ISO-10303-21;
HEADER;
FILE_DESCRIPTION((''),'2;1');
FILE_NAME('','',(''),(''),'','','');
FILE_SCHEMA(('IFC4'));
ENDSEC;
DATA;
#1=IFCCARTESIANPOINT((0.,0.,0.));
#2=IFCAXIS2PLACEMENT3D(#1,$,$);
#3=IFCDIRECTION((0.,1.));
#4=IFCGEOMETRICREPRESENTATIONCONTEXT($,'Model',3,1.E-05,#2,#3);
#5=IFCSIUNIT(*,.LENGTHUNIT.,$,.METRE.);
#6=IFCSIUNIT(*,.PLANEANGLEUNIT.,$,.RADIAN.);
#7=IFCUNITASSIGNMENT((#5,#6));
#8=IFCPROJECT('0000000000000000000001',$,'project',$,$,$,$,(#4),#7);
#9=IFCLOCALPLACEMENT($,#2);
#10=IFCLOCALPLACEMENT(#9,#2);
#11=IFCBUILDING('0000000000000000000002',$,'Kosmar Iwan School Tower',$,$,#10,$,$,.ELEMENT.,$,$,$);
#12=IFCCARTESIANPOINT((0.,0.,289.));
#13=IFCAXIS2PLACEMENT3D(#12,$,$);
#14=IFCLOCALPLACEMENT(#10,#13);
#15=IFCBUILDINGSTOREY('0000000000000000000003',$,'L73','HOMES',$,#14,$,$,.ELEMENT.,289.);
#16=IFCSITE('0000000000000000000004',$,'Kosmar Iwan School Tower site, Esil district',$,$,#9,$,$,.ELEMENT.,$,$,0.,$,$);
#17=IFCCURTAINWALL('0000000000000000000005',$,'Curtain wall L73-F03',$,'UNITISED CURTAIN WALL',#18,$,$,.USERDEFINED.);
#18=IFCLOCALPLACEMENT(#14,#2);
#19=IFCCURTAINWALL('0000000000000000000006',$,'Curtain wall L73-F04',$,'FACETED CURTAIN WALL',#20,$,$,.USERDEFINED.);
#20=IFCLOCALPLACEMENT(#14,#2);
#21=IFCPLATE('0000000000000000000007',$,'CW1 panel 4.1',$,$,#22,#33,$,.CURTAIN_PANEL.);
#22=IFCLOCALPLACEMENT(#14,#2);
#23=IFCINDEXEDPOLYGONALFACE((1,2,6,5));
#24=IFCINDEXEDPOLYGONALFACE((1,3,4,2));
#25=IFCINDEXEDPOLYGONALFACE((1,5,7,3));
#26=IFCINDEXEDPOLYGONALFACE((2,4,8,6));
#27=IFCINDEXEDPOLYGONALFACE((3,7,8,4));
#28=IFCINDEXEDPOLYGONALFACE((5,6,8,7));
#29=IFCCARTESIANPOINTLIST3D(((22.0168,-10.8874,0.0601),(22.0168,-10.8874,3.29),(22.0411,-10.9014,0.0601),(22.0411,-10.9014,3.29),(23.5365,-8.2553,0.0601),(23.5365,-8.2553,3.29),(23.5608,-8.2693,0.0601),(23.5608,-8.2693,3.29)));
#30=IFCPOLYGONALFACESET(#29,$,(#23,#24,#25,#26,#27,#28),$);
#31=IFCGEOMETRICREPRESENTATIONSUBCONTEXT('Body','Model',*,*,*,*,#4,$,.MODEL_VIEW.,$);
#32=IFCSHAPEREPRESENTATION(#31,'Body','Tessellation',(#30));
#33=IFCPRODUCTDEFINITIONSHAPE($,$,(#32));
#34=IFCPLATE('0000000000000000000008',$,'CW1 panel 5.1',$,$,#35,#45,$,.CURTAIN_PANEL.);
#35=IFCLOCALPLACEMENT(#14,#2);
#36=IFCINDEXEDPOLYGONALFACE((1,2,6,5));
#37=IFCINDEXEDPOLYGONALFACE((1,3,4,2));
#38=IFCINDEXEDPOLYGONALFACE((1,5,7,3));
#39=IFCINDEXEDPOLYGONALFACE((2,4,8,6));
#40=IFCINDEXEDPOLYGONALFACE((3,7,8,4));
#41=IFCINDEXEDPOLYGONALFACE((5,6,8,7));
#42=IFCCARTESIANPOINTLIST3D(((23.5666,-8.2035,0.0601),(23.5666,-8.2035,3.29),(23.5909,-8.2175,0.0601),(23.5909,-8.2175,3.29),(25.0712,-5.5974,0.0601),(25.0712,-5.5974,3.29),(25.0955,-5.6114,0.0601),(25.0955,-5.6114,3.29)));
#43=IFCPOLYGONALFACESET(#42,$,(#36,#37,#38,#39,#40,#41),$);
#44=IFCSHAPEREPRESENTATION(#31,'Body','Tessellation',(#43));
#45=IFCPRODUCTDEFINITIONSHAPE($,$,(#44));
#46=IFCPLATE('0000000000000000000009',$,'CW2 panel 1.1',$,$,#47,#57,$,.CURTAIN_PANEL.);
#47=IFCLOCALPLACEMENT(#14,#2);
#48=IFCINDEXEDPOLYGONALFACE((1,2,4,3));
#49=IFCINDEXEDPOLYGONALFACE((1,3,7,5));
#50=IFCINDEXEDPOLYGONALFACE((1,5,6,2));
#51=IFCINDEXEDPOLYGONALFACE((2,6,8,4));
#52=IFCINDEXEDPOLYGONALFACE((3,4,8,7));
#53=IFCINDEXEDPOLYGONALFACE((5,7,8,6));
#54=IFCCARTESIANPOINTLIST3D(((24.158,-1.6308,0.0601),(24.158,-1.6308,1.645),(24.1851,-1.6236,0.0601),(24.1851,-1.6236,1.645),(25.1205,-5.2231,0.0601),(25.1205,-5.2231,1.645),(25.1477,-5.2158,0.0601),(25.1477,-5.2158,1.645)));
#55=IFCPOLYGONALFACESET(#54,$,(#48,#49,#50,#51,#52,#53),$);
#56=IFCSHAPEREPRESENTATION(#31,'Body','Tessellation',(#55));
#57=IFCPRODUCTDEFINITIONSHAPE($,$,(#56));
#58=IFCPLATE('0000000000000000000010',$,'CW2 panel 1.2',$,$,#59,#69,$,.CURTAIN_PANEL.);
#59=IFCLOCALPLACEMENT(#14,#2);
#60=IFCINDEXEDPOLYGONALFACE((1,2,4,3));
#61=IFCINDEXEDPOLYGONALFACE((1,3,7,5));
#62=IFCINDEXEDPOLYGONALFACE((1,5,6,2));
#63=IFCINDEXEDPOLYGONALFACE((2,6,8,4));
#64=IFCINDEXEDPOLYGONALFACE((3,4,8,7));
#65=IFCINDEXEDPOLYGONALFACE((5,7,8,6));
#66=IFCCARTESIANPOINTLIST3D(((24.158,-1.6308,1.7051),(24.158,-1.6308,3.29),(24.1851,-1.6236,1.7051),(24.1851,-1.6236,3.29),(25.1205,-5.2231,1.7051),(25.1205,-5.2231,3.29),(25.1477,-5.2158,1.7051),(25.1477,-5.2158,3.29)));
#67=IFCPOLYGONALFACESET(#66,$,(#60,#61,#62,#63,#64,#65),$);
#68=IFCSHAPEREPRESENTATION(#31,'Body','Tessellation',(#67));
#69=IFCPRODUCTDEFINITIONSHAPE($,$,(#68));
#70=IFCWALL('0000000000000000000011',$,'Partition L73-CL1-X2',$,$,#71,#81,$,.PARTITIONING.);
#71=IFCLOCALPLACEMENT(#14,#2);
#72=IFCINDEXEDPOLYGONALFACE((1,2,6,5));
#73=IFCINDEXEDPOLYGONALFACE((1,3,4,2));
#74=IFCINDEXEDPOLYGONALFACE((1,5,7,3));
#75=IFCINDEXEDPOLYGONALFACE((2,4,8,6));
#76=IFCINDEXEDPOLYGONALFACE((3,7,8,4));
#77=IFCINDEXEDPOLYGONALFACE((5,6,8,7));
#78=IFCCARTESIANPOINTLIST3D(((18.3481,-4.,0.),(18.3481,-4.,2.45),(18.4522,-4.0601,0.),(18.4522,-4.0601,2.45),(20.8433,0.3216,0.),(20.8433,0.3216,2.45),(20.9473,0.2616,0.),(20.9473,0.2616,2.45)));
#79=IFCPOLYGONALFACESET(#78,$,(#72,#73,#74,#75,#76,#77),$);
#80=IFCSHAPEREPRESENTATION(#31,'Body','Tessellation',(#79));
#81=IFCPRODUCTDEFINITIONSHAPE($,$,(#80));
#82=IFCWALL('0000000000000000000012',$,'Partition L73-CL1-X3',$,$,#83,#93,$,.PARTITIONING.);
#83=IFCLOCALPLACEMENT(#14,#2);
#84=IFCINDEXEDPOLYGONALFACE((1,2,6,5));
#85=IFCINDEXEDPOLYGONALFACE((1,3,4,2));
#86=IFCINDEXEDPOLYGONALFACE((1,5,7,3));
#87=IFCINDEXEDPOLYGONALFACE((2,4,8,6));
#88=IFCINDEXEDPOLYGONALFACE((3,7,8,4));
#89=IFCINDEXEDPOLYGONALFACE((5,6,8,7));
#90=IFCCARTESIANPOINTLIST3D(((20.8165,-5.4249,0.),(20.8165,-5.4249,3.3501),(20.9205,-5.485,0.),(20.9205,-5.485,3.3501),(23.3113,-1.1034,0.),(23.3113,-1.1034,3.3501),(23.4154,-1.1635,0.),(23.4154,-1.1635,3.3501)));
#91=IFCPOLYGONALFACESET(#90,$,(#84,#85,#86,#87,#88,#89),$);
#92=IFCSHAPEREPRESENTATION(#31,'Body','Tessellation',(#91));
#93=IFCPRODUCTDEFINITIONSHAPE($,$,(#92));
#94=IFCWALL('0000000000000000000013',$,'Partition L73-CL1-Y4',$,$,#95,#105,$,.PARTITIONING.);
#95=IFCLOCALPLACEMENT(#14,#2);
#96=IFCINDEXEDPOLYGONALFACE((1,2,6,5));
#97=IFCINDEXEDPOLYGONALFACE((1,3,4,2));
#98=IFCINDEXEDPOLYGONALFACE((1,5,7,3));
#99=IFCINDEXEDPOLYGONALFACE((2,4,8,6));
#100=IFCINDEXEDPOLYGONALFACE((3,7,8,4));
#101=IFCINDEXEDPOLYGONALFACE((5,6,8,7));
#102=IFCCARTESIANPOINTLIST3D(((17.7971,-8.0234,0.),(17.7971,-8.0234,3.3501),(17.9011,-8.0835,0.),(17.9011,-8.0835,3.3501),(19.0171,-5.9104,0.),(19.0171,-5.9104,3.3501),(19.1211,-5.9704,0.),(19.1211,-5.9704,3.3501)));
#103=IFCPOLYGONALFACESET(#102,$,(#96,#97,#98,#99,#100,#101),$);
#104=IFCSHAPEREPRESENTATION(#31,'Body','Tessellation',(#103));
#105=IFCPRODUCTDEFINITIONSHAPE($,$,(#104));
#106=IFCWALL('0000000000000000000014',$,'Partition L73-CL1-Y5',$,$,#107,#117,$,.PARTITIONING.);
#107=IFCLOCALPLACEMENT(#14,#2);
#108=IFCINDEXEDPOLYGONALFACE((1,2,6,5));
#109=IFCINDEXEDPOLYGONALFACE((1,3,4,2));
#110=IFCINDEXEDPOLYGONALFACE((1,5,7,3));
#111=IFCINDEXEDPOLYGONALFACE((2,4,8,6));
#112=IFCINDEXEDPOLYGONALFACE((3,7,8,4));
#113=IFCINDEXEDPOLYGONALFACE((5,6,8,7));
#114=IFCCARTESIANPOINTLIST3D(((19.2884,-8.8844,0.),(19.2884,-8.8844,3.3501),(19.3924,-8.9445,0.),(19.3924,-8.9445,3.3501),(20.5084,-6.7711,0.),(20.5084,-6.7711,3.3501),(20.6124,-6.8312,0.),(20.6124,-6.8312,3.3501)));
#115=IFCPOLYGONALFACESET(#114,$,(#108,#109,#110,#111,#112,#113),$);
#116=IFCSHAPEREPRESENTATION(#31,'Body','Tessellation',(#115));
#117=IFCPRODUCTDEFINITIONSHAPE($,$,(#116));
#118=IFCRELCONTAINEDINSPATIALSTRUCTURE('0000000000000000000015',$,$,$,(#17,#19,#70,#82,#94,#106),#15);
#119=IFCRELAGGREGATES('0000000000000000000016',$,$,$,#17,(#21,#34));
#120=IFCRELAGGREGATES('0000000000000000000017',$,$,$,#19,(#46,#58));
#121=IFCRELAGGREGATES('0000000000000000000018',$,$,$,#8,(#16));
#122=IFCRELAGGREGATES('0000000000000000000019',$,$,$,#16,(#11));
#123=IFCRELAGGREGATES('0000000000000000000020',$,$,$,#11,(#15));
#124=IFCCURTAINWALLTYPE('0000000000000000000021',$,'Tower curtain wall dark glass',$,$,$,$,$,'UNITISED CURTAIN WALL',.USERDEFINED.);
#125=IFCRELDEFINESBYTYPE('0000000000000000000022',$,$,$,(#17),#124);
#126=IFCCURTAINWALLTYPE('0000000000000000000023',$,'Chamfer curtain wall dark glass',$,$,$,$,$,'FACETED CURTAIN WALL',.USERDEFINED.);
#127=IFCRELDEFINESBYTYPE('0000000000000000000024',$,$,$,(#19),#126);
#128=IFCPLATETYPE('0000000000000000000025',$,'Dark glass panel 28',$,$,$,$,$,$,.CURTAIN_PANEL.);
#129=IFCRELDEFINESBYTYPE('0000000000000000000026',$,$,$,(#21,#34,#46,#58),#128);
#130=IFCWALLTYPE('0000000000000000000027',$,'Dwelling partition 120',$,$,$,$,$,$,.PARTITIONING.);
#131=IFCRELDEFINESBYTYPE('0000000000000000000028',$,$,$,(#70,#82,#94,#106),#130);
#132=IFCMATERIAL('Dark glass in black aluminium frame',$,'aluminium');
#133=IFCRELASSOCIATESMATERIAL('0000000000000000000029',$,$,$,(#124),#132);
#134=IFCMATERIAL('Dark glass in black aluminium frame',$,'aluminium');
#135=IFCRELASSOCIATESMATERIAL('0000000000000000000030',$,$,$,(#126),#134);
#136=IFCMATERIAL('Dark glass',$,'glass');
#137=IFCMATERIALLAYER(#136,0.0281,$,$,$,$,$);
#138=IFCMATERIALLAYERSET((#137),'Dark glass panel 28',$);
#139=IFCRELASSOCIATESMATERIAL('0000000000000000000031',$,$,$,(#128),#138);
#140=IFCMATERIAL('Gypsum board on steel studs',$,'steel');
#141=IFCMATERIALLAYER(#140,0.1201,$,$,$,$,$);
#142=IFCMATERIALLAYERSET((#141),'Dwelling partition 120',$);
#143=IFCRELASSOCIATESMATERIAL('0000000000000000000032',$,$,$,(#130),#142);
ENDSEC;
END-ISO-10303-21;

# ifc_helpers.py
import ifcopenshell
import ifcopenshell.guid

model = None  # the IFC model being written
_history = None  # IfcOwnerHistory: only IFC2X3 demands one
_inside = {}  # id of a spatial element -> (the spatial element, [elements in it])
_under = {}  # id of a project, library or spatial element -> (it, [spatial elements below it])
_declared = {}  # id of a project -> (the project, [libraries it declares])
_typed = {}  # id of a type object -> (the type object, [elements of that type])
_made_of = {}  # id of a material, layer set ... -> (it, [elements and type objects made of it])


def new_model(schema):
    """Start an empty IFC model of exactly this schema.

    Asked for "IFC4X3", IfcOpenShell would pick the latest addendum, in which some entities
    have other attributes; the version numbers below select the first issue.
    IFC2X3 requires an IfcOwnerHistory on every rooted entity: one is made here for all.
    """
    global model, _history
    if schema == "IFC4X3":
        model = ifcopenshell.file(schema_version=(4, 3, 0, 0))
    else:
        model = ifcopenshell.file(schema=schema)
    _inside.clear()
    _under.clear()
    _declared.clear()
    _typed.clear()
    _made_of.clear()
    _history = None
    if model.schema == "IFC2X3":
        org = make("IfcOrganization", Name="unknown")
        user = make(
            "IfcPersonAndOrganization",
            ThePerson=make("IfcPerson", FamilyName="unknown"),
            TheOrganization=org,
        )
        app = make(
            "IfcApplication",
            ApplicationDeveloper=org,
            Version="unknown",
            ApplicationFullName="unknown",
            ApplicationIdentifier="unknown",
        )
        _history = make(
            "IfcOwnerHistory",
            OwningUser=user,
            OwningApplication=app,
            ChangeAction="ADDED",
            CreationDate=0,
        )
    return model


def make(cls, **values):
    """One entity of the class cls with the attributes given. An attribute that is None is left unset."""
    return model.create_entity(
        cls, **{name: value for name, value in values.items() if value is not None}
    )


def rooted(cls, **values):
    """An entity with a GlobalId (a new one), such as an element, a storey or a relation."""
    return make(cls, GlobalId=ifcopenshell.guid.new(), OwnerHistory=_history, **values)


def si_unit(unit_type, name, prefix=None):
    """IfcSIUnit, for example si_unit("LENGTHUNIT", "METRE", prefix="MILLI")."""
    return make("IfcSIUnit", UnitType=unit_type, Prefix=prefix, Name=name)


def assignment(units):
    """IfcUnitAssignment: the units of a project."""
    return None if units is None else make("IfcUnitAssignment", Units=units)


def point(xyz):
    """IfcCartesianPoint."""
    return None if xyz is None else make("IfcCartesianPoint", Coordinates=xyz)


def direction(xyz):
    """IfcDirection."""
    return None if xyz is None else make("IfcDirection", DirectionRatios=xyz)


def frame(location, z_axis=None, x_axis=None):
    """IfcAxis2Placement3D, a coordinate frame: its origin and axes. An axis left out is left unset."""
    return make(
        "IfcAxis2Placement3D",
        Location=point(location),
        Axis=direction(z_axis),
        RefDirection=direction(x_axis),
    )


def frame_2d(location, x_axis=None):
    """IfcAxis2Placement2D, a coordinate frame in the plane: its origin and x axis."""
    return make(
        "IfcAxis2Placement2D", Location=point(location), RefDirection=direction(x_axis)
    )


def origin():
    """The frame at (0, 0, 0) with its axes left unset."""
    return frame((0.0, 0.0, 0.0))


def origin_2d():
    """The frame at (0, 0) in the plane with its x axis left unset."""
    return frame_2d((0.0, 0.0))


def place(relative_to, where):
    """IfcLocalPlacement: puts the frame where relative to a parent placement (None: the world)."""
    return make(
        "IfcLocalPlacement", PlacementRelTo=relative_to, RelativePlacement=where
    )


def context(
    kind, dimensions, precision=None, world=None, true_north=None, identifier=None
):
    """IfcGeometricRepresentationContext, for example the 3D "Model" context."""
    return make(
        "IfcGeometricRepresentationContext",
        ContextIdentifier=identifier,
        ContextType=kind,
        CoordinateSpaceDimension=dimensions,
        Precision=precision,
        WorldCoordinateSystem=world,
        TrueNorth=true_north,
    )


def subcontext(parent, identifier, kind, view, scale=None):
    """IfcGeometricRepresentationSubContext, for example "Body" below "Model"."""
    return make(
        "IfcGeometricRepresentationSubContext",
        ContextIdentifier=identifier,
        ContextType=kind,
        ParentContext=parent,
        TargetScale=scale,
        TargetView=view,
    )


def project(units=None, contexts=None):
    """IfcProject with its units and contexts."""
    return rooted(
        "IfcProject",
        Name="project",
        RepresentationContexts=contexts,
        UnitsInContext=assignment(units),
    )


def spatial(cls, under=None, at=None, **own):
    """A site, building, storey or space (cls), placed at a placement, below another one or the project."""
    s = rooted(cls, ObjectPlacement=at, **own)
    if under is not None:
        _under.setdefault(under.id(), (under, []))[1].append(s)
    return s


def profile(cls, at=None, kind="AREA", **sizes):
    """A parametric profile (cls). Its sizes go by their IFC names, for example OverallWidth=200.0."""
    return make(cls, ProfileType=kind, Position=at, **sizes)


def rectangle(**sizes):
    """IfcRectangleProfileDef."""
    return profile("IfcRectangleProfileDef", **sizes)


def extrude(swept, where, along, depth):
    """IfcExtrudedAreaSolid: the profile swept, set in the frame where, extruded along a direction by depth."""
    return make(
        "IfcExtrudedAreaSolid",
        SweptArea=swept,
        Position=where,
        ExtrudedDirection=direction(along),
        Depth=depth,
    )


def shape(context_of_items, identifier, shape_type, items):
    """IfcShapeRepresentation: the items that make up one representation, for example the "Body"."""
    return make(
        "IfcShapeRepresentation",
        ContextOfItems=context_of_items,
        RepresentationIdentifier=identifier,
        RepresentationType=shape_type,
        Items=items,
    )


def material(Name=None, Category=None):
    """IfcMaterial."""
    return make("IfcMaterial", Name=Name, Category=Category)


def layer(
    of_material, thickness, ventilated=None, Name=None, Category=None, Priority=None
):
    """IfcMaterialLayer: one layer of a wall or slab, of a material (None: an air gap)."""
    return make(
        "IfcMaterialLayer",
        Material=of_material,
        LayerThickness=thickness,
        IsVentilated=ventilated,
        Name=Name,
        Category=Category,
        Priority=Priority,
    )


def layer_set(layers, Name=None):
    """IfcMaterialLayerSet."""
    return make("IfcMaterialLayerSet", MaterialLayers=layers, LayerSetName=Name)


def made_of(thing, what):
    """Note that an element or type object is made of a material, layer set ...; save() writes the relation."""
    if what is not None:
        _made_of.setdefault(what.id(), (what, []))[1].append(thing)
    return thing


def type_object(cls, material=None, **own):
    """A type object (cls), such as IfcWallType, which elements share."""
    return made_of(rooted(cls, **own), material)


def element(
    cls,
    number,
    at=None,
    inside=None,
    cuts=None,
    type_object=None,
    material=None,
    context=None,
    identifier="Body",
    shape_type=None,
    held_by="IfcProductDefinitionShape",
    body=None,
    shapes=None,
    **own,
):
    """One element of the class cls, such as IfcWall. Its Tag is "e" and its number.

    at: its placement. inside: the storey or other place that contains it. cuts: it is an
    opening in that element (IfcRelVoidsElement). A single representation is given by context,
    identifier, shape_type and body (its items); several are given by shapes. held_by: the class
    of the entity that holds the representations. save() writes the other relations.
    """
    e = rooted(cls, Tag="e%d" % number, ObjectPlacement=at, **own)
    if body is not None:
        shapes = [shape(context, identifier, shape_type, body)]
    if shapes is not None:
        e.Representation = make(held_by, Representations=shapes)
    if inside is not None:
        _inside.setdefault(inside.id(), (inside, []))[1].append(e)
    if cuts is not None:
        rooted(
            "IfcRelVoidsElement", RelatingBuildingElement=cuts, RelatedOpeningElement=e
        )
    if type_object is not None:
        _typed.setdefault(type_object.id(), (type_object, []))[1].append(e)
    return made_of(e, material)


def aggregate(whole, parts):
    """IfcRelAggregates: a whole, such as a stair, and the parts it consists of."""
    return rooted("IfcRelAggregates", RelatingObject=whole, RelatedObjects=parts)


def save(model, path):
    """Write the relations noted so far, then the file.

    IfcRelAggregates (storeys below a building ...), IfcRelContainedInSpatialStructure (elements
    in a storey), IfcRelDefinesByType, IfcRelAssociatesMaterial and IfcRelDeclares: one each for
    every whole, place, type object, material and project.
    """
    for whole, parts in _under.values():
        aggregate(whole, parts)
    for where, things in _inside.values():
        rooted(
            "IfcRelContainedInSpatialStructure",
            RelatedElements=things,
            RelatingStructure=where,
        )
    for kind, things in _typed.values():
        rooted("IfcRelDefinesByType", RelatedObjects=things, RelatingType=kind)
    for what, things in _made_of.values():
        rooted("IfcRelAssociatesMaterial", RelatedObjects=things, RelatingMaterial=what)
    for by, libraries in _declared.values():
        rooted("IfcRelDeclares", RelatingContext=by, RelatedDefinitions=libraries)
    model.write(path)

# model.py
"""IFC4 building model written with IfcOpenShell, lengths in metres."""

from ifc_helpers import new_model, si_unit, direction, frame, frame_2d, origin, origin_2d, place, context, subcontext, project, spatial, rectangle, extrude, material, layer, layer_set, type_object, element, aggregate, save


model = new_model("IFC4")

# Units and contexts
model_context = context("Model", 3, precision=1e-05, world=origin(), true_north=direction((0.0, 1.0)))
body_context = subcontext(model_context, "Body", "Model", "MODEL_VIEW")
ifc_project = project(units=[si_unit("LENGTHUNIT", "METRE"), si_unit("PLANEANGLEUNIT", "RADIAN")], contexts=[model_context])

# Site, building, storey
site_placement = place(None, origin())
site = spatial("IfcSite", under=ifc_project, at=site_placement, Name="Kosmar Iwan School Tower site, Esil district", CompositionType="ELEMENT", RefElevation=0.0)
building_placement = place(site_placement, origin())
building = spatial("IfcBuilding", under=site, at=building_placement, Name="Kosmar Iwan School Tower", CompositionType="ELEMENT")
storey_placement = place(building_placement, frame((0.0, 0.0, 289.0)))
storey = spatial("IfcBuildingStorey", under=building, at=storey_placement, Name="L73", Description="HOMES", CompositionType="ELEMENT", Elevation=289.0)

# Curtain walls
ifc_material_1 = material(Name="Dark glass in black aluminium frame", Category="aluminium")
curtain_wall_type_1 = type_object("IfcCurtainWallType", Name="Tower curtain wall dark glass", ElementType="UNITISED CURTAIN WALL", PredefinedType="USERDEFINED", material=ifc_material_1)
curtain_wall_1_placement = place(storey_placement, origin())
curtain_wall_1 = element("IfcCurtainWall", 1, at=curtain_wall_1_placement, inside=storey, type_object=curtain_wall_type_1, Name="Curtain wall L73-F03", ObjectType="UNITISED CURTAIN WALL", PredefinedType="USERDEFINED")
ifc_material_2 = material(Name="Dark glass in black aluminium frame", Category="aluminium")
curtain_wall_type_2 = type_object("IfcCurtainWallType", Name="Chamfer curtain wall dark glass", ElementType="FACETED CURTAIN WALL", PredefinedType="USERDEFINED", material=ifc_material_2)
curtain_wall_2_placement = place(storey_placement, origin())
curtain_wall_2 = element("IfcCurtainWall", 2, at=curtain_wall_2_placement, inside=storey, type_object=curtain_wall_type_2, Name="Curtain wall L73-F04", ObjectType="FACETED CURTAIN WALL", PredefinedType="USERDEFINED")

# Plates
ifc_material_3 = material(Name="Dark glass", Category="glass")
ifc_layer_1 = layer(ifc_material_3, 0.0281)
ifc_layer_set_1 = layer_set([ifc_layer_1], Name="Dark glass panel 28")
plate_type = type_object("IfcPlateType", Name="Dark glass panel 28", PredefinedType="CURTAIN_PANEL", material=ifc_layer_set_1)
plate_1_placement = place(storey_placement, frame((22.7888, -9.5784, 0.0601), z_axis=(0.0, 0.0, 1.0), x_axis=(0.5, 0.866025, 0.0)))
plate_1 = element("IfcPlate", 3, at=plate_1_placement, type_object=plate_type, Name="CW1 panel 4.1", PredefinedType="CURTAIN_PANEL", context=body_context, shape_type="SweptSolid", body=[
    extrude(rectangle(XDim=3.0393, YDim=0.0281, at=origin_2d()), origin(), (0.0, 0.0, 1.0), 3.23),
])
plate_2_placement = place(storey_placement, frame((24.3311, -6.9075, 0.0601), z_axis=(0.0, 0.0, 1.0), x_axis=(0.5, 0.866025, 0.0)))
plate_2 = element("IfcPlate", 4, at=plate_2_placement, type_object=plate_type, Name="CW1 panel 5.1", PredefinedType="CURTAIN_PANEL", context=body_context, shape_type="SweptSolid", body=[
    extrude(rectangle(XDim=3.0093, YDim=0.0281, at=origin_2d()), origin(), (0.0, 0.0, 1.0), 3.23),
])
aggregate(curtain_wall_1, [plate_1, plate_2])
plate_3_placement = place(storey_placement, frame((24.6528, -3.4233, 0.0601), z_axis=(0.0, 0.0, 1.0), x_axis=(-0.258819, 0.965926, 0.0)))
plate_3 = element("IfcPlate", 5, at=plate_3_placement, type_object=plate_type, Name="CW2 panel 1.1", PredefinedType="CURTAIN_PANEL", context=body_context, shape_type="SweptSolid", body=[
    extrude(rectangle(XDim=3.719, YDim=0.0281, at=origin_2d()), origin(), (0.0, 0.0, 1.0), 1.585),
])
plate_4_placement = place(storey_placement, frame((24.6528, -3.4233, 1.7051), z_axis=(0.0, 0.0, 1.0), x_axis=(-0.258819, 0.965926, 0.0)))
plate_4 = element("IfcPlate", 6, at=plate_4_placement, type_object=plate_type, Name="CW2 panel 1.2", PredefinedType="CURTAIN_PANEL", context=body_context, shape_type="SweptSolid", body=[
    extrude(rectangle(XDim=3.719, YDim=0.0281, at=origin_2d()), origin(), (0.0, 0.0, 1.0), 1.585),
])
aggregate(curtain_wall_2, [plate_3, plate_4])

# Walls
ifc_material_4 = material(Name="Gypsum board on steel studs", Category="steel")
ifc_layer_2 = layer(ifc_material_4, 0.1201)
ifc_layer_set_2 = layer_set([ifc_layer_2], Name="Dwelling partition 120")
wall_type = type_object("IfcWallType", Name="Dwelling partition 120", PredefinedType="PARTITIONING", material=ifc_layer_set_2)
wall_1_placement = place(storey_placement, frame((18.4001, -4.03, 0.0), z_axis=(0.0, 0.0, 1.0), x_axis=(0.500012, 0.866019, 0.0)))
element("IfcWall", 7, at=wall_1_placement, inside=storey, type_object=wall_type, Name="Partition L73-CL1-X2", PredefinedType="PARTITIONING", context=body_context, shape_type="SweptSolid", body=[
    extrude(rectangle(XDim=4.9902, YDim=0.1201, at=frame_2d((2.4951, 0.0))), origin(), (0.0, 0.0, 1.0), 2.45),
])
wall_2_placement = place(storey_placement, frame((20.8684, -5.4551, 0.0), z_axis=(0.0, 0.0, 1.0), x_axis=(0.499975, 0.86604, 0.0)))
element("IfcWall", 8, at=wall_2_placement, inside=storey, type_object=wall_type, Name="Partition L73-CL1-X3", PredefinedType="PARTITIONING", context=body_context, shape_type="SweptSolid", body=[
    extrude(rectangle(XDim=4.99, YDim=0.1201, at=frame_2d((2.4951, 0.0))), origin(), (0.0, 0.0, 1.0), 3.3501),
])
wall_3_placement = place(storey_placement, frame((17.8491, -8.0535, 0.0), z_axis=(0.0, 0.0, 1.0), x_axis=(0.500003, 0.866024, 0.0)))
element("IfcWall", 9, at=wall_3_placement, inside=storey, type_object=wall_type, Name="Partition L73-CL1-Y4", PredefinedType="PARTITIONING", context=body_context, shape_type="SweptSolid", body=[
    extrude(rectangle(XDim=2.4399, YDim=0.1201, at=frame_2d((1.22, 0.0))), origin(), (0.0, 0.0, 1.0), 3.3501),
])
wall_4_placement = place(storey_placement, frame((19.3403, -8.9146, 0.0), z_axis=(0.0, 0.0, 1.0), x_axis=(0.499959, 0.866049, 0.0)))
element("IfcWall", 10, at=wall_4_placement, inside=storey, type_object=wall_type, Name="Partition L73-CL1-Y5", PredefinedType="PARTITIONING", context=body_context, shape_type="SweptSolid", body=[
    extrude(rectangle(XDim=2.4402, YDim=0.1201, at=frame_2d((1.2202, 0.0))), origin(), (0.0, 0.0, 1.0), 3.3501),
])

save(model, "model.ifc")
